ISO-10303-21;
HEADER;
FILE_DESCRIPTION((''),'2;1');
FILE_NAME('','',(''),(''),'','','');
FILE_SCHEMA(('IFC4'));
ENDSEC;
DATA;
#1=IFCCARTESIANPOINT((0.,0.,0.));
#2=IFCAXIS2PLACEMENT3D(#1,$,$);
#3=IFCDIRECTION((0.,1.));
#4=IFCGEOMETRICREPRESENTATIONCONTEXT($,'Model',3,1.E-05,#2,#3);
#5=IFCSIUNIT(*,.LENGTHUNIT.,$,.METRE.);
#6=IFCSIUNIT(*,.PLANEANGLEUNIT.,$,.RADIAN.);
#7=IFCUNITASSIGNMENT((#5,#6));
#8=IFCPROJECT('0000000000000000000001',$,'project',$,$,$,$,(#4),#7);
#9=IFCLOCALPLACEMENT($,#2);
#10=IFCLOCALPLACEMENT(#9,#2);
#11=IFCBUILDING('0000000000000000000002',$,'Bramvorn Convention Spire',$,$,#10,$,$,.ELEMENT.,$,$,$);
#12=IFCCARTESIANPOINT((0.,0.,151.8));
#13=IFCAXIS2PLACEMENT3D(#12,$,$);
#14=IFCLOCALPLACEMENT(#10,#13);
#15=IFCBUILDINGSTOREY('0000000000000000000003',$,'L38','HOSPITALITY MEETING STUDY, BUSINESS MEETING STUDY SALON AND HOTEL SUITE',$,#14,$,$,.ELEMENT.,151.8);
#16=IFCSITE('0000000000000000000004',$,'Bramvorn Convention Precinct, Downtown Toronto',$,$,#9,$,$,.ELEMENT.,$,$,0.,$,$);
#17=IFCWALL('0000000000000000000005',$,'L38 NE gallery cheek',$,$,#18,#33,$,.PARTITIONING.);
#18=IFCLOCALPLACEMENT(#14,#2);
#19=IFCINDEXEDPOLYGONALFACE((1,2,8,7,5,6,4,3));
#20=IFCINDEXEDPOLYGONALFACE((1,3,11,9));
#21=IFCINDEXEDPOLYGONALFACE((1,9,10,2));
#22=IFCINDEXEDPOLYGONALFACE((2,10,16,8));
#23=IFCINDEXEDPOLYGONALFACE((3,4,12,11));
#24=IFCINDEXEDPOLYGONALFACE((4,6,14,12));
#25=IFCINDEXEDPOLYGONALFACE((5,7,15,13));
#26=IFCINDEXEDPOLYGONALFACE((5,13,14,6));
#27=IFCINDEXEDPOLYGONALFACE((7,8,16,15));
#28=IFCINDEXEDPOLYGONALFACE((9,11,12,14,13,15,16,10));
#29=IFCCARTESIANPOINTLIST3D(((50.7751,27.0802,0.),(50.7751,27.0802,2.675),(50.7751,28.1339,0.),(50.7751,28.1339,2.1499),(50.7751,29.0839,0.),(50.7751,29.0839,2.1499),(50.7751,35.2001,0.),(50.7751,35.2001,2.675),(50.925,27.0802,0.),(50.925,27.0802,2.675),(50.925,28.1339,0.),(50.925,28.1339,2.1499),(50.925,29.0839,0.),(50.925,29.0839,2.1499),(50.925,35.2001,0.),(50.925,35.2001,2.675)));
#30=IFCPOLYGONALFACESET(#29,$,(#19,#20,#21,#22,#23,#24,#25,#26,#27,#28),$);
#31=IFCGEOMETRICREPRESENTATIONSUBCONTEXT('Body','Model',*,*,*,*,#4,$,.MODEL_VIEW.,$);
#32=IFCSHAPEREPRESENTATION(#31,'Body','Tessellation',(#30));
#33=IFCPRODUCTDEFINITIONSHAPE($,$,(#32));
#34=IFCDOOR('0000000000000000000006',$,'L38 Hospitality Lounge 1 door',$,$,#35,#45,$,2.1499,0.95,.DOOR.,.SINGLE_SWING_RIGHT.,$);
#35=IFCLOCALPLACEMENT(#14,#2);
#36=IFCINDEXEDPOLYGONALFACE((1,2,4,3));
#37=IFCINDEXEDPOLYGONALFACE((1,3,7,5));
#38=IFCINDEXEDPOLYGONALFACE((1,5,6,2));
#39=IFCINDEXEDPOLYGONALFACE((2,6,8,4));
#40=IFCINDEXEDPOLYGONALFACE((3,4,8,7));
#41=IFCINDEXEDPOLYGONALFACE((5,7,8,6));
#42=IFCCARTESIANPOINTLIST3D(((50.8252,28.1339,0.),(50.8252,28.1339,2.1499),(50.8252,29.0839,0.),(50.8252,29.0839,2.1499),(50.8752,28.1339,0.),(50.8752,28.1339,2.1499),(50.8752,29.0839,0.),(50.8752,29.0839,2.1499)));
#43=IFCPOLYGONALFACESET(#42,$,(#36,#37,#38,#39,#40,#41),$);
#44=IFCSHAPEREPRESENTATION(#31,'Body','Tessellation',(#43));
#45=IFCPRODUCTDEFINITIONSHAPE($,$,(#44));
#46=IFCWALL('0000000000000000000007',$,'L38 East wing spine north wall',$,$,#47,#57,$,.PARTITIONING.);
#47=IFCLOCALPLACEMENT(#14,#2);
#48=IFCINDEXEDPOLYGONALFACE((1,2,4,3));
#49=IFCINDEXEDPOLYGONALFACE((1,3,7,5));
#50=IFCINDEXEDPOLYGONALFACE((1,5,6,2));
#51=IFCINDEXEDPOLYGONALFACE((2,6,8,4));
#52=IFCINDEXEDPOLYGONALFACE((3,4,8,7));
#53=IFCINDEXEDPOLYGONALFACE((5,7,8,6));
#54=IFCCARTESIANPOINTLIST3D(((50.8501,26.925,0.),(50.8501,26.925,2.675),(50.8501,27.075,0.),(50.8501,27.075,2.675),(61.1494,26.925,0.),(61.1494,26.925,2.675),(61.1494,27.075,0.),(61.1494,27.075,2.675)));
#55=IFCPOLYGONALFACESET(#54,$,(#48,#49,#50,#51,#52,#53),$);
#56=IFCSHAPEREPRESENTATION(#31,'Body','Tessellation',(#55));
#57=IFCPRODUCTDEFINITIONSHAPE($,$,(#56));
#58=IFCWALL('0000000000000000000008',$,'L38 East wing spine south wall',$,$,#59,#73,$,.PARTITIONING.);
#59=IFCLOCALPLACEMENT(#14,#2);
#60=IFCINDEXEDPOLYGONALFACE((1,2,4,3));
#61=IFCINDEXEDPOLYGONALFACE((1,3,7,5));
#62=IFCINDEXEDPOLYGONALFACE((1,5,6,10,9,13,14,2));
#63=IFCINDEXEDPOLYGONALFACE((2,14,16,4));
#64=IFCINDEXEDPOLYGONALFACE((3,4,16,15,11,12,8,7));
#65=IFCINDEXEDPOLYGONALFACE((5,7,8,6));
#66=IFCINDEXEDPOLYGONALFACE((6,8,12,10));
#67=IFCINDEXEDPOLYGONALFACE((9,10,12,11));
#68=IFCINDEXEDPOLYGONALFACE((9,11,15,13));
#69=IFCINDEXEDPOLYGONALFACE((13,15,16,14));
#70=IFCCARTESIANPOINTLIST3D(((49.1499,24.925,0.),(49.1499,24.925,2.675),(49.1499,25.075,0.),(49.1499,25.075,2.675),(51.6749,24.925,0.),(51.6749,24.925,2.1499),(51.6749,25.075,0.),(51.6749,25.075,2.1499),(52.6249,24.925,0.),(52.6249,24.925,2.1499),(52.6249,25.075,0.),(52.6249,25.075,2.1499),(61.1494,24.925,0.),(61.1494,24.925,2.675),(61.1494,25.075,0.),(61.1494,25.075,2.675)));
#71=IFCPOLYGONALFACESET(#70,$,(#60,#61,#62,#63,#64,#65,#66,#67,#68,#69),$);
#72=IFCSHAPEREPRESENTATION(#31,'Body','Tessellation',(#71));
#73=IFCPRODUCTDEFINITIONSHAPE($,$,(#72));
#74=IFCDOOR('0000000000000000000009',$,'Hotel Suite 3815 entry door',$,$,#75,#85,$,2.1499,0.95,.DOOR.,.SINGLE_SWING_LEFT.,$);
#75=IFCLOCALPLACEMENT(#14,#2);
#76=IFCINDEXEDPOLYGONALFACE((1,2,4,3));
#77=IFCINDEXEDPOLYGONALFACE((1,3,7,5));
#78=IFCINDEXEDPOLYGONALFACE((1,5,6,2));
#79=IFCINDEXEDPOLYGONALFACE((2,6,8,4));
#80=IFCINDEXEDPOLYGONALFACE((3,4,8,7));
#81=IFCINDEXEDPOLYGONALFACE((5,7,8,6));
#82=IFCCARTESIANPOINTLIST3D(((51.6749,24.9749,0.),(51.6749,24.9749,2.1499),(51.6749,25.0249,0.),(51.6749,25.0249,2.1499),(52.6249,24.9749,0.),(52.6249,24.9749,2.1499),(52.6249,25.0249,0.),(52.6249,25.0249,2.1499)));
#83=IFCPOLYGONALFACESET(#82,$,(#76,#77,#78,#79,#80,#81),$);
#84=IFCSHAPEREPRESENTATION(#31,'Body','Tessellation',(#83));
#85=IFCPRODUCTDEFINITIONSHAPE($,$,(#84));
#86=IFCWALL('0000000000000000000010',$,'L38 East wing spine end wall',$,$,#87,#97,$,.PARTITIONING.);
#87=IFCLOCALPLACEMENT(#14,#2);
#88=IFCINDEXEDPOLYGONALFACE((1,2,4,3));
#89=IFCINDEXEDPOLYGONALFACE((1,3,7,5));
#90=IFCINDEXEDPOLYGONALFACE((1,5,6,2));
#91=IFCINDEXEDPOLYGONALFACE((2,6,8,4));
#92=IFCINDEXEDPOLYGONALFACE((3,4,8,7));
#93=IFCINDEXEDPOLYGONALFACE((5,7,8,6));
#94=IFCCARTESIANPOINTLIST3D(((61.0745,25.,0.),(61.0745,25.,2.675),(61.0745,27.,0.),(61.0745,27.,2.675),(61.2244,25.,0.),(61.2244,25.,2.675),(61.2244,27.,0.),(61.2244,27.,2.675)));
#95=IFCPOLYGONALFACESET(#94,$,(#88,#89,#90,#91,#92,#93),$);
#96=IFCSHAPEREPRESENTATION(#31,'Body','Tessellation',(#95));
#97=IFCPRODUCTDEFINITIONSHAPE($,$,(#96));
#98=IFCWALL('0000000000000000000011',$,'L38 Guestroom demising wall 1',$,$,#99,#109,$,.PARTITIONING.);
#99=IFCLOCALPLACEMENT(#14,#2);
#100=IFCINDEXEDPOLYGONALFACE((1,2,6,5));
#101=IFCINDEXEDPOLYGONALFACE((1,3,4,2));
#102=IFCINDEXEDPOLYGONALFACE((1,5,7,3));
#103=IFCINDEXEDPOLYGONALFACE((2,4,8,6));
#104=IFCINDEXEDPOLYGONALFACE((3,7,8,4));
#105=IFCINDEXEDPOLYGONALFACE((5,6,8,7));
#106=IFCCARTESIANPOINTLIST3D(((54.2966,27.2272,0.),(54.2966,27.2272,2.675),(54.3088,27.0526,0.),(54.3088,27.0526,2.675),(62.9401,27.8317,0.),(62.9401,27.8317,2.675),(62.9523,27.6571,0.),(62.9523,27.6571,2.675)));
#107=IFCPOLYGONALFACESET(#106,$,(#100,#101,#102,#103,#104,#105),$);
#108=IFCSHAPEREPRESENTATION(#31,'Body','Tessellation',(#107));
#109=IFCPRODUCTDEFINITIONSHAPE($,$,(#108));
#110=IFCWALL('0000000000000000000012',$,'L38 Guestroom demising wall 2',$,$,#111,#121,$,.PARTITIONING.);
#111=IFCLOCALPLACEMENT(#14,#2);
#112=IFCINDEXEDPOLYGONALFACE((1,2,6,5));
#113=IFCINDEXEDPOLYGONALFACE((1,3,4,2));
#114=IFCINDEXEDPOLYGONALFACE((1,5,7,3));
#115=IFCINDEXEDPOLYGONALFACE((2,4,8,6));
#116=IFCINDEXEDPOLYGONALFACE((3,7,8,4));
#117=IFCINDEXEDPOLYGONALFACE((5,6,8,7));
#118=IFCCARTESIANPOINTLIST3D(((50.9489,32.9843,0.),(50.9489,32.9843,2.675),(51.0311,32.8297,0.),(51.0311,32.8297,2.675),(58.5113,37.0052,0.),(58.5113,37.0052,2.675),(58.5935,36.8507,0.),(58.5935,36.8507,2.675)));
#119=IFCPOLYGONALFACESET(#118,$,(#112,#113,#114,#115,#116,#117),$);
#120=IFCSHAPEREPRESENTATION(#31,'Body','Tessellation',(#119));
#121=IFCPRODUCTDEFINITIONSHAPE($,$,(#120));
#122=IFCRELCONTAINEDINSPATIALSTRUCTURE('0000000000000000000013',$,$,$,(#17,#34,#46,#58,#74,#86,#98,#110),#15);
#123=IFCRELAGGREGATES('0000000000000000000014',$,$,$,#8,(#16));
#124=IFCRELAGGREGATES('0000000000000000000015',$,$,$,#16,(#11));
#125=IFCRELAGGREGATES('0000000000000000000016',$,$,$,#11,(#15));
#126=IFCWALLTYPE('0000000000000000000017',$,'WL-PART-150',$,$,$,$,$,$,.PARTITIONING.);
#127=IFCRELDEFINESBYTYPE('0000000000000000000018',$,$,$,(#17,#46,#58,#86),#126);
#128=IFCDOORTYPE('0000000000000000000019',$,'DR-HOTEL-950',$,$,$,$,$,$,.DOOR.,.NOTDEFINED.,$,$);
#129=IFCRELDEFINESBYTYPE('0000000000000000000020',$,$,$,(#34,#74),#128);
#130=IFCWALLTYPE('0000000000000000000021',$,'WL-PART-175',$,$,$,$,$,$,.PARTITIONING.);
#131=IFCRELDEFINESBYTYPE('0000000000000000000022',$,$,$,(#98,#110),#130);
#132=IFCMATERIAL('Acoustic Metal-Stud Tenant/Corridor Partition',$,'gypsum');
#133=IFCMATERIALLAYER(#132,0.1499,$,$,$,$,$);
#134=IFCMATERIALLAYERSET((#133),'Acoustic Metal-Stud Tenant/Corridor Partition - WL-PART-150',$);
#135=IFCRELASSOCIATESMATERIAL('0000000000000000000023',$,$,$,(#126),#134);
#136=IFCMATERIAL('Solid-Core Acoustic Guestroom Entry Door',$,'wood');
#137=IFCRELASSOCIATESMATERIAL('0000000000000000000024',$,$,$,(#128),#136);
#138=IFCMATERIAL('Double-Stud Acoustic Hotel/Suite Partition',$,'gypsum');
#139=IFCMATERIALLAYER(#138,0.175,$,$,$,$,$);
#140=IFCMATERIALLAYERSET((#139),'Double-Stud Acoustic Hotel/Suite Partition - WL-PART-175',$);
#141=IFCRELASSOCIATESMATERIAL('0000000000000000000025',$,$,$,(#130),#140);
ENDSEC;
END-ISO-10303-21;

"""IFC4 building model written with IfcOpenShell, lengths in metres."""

from ifc_helpers import new_model, si_unit, direction, frame, frame_2d, origin, place, context, subcontext, project, spatial, rectangle, extrude, material, layer, layer_set, type_object, element, fill, save


model = new_model("IFC4")

# Units and contexts
model_context = context("Model", 3, precision=1e-05, world=origin(), true_north=direction((0.0, 1.0)))
body_context = subcontext(model_context, "Body", "Model", "MODEL_VIEW")
ifc_project = project(units=[si_unit("LENGTHUNIT", "METRE"), si_unit("PLANEANGLEUNIT", "RADIAN")], contexts=[model_context])

# Site, building, storey
site_placement = place(None, origin())
site = spatial("IfcSite", under=ifc_project, at=site_placement, Name="Bramvorn Convention Precinct, Downtown Toronto", CompositionType="ELEMENT", RefElevation=0.0)
building_placement = place(site_placement, origin())
building = spatial("IfcBuilding", under=site, at=building_placement, Name="Bramvorn Convention Spire", CompositionType="ELEMENT")
storey_placement = place(building_placement, frame((0.0, 0.0, 151.8)))
storey = spatial("IfcBuildingStorey", under=building, at=storey_placement, Name="L38", Description="HOSPITALITY MEETING STUDY, BUSINESS MEETING STUDY SALON AND HOTEL SUITE", CompositionType="ELEMENT", Elevation=151.8)

# Wall, opening, door
ifc_material_1 = material(Name="Acoustic Metal-Stud Tenant/Corridor Partition", Category="gypsum")
ifc_layer_1 = layer(ifc_material_1, 0.1499)
ifc_layer_set_1 = layer_set([ifc_layer_1], Name="Acoustic Metal-Stud Tenant/Corridor Partition - WL-PART-150")
wall_type_1 = type_object("IfcWallType", Name="WL-PART-150", PredefinedType="PARTITIONING", material=ifc_layer_set_1)
wall_1_placement = place(storey_placement, frame((50.8501, 27.0801, 0.0), z_axis=(0.0, 0.0, 1.0), x_axis=(0.0, 1.0, 0.0)))
wall_1 = element("IfcWall", 1, at=wall_1_placement, inside=storey, type_object=wall_type_1, Name="L38 NE gallery cheek", PredefinedType="PARTITIONING", context=body_context, shape_type="SweptSolid", body=[
    extrude(rectangle(XDim=8.1199, YDim=0.1499, at=frame_2d((4.0601, 0.0))), origin(), (0.0, 0.0, 1.0), 2.675),
])
opening_1_placement = place(wall_1_placement, frame((1.0537, 0.0, 0.0)))
opening_1 = element("IfcOpeningElement", 2, at=opening_1_placement, cuts=wall_1, PredefinedType="OPENING", context=body_context, shape_type="SweptSolid", body=[
    extrude(rectangle(XDim=0.95, YDim=2.1499, at=frame_2d((0.4751, 1.075))), frame((0.0, 0.085, 0.0), z_axis=(0.0, -1.0, 0.0), x_axis=(1.0, 0.0, 0.0)), (0.0, 0.0, 1.0), 0.1699),
])
ifc_material_2 = material(Name="Solid-Core Acoustic Guestroom Entry Door", Category="wood")
door_type = type_object("IfcDoorType", Name="DR-HOTEL-950", OperationType="NOTDEFINED", PredefinedType="DOOR", material=ifc_material_2)
door_1_placement = place(opening_1_placement, origin())
door_1 = element("IfcDoor", 3, at=door_1_placement, inside=storey, type_object=door_type, Name="L38 Hospitality Lounge 1 door", OperationType="SINGLE_SWING_RIGHT", OverallHeight=2.1499, OverallWidth=0.95, PredefinedType="DOOR", context=body_context, shape_type="SweptSolid", body=[
    extrude(rectangle(XDim=0.95, YDim=2.1499, at=frame_2d((0.4751, 1.075))), frame((0.0, 0.0249, 0.0), z_axis=(0.0, -1.0, 0.0), x_axis=(1.0, 0.0, 0.0)), (0.0, 0.0, 1.0), 0.05),
])
fill(opening_1, door_1)

# Wall
wall_2_placement = place(storey_placement, frame((50.8501, 27.0, 0.0), z_axis=(0.0, 0.0, 1.0), x_axis=(1.0, 0.0, 0.0)))
element("IfcWall", 4, at=wall_2_placement, inside=storey, type_object=wall_type_1, Name="L38 East wing spine north wall", PredefinedType="PARTITIONING", context=body_context, shape_type="SweptSolid", body=[
    extrude(rectangle(XDim=10.2993, YDim=0.1499, at=frame_2d((5.1497, 0.0))), origin(), (0.0, 0.0, 1.0), 2.675),
])

# Wall, opening, door
wall_3_placement = place(storey_placement, frame((49.1499, 25.0, 0.0), z_axis=(0.0, 0.0, 1.0), x_axis=(1.0, 0.0, 0.0)))
wall_3 = element("IfcWall", 5, at=wall_3_placement, inside=storey, type_object=wall_type_1, Name="L38 East wing spine south wall", PredefinedType="PARTITIONING", context=body_context, shape_type="SweptSolid", body=[
    extrude(rectangle(XDim=11.9995, YDim=0.1499, at=frame_2d((5.9998, 0.0))), origin(), (0.0, 0.0, 1.0), 2.675),
])
opening_2_placement = place(wall_3_placement, frame((2.5249, 0.0, 0.0)))
opening_2 = element("IfcOpeningElement", 6, at=opening_2_placement, cuts=wall_3, PredefinedType="OPENING", context=body_context, shape_type="SweptSolid", body=[
    extrude(rectangle(XDim=0.95, YDim=2.1499, at=frame_2d((0.4751, 1.075))), frame((0.0, 0.085, 0.0), z_axis=(0.0, -1.0, 0.0), x_axis=(1.0, 0.0, 0.0)), (0.0, 0.0, 1.0), 0.1699),
])
door_2_placement = place(opening_2_placement, origin())
door_2 = element("IfcDoor", 7, at=door_2_placement, inside=storey, type_object=door_type, Name="Hotel Suite 3815 entry door", OperationType="SINGLE_SWING_LEFT", OverallHeight=2.1499, OverallWidth=0.95, PredefinedType="DOOR", context=body_context, shape_type="SweptSolid", body=[
    extrude(rectangle(XDim=0.95, YDim=2.1499, at=frame_2d((0.4751, 1.075))), frame((0.0, 0.0249, 0.0), z_axis=(0.0, -1.0, 0.0), x_axis=(1.0, 0.0, 0.0)), (0.0, 0.0, 1.0), 0.05),
])
fill(opening_2, door_2)

# Walls
wall_4_placement = place(storey_placement, frame((61.1494, 25.0, 0.0), z_axis=(0.0, 0.0, 1.0), x_axis=(0.0, 1.0, 0.0)))
element("IfcWall", 8, at=wall_4_placement, inside=storey, type_object=wall_type_1, Name="L38 East wing spine end wall", PredefinedType="PARTITIONING", context=body_context, shape_type="SweptSolid", body=[
    extrude(rectangle(XDim=2.0, YDim=0.1499, at=frame_2d((1.0, 0.0))), origin(), (0.0, 0.0, 1.0), 2.675),
])
ifc_material_3 = material(Name="Double-Stud Acoustic Hotel/Suite Partition", Category="gypsum")
ifc_layer_2 = layer(ifc_material_3, 0.175)
ifc_layer_set_2 = layer_set([ifc_layer_2], Name="Double-Stud Acoustic Hotel/Suite Partition - WL-PART-175")
wall_type_2 = type_object("IfcWallType", Name="WL-PART-175", PredefinedType="PARTITIONING", material=ifc_layer_set_2)
wall_5_placement = place(storey_placement, frame((54.3027, 27.1399, 0.0), z_axis=(0.0, 0.0, 1.0), x_axis=(0.997563, 0.069765, 0.0)))
element("IfcWall", 9, at=wall_5_placement, inside=storey, type_object=wall_type_2, Name="L38 Guestroom demising wall 1", PredefinedType="PARTITIONING", context=body_context, shape_type="SweptSolid", body=[
    extrude(rectangle(XDim=8.6646, YDim=0.175, at=frame_2d((4.3323, 0.0))), origin(), (0.0, 0.0, 1.0), 2.675),
])
wall_6_placement = place(storey_placement, frame((50.99, 32.907, 0.0), z_axis=(0.0, 0.0, 1.0), x_axis=(0.88295, 0.469466, 0.0)))
element("IfcWall", 10, at=wall_6_placement, inside=storey, type_object=wall_type_2, Name="L38 Guestroom demising wall 2", PredefinedType="PARTITIONING", context=body_context, shape_type="SweptSolid", body=[
    extrude(rectangle(XDim=8.5649, YDim=0.175, at=frame_2d((4.2825, 0.0))), origin(), (0.0, 0.0, 1.0), 2.675),
])

save(model, "model.ifc")
